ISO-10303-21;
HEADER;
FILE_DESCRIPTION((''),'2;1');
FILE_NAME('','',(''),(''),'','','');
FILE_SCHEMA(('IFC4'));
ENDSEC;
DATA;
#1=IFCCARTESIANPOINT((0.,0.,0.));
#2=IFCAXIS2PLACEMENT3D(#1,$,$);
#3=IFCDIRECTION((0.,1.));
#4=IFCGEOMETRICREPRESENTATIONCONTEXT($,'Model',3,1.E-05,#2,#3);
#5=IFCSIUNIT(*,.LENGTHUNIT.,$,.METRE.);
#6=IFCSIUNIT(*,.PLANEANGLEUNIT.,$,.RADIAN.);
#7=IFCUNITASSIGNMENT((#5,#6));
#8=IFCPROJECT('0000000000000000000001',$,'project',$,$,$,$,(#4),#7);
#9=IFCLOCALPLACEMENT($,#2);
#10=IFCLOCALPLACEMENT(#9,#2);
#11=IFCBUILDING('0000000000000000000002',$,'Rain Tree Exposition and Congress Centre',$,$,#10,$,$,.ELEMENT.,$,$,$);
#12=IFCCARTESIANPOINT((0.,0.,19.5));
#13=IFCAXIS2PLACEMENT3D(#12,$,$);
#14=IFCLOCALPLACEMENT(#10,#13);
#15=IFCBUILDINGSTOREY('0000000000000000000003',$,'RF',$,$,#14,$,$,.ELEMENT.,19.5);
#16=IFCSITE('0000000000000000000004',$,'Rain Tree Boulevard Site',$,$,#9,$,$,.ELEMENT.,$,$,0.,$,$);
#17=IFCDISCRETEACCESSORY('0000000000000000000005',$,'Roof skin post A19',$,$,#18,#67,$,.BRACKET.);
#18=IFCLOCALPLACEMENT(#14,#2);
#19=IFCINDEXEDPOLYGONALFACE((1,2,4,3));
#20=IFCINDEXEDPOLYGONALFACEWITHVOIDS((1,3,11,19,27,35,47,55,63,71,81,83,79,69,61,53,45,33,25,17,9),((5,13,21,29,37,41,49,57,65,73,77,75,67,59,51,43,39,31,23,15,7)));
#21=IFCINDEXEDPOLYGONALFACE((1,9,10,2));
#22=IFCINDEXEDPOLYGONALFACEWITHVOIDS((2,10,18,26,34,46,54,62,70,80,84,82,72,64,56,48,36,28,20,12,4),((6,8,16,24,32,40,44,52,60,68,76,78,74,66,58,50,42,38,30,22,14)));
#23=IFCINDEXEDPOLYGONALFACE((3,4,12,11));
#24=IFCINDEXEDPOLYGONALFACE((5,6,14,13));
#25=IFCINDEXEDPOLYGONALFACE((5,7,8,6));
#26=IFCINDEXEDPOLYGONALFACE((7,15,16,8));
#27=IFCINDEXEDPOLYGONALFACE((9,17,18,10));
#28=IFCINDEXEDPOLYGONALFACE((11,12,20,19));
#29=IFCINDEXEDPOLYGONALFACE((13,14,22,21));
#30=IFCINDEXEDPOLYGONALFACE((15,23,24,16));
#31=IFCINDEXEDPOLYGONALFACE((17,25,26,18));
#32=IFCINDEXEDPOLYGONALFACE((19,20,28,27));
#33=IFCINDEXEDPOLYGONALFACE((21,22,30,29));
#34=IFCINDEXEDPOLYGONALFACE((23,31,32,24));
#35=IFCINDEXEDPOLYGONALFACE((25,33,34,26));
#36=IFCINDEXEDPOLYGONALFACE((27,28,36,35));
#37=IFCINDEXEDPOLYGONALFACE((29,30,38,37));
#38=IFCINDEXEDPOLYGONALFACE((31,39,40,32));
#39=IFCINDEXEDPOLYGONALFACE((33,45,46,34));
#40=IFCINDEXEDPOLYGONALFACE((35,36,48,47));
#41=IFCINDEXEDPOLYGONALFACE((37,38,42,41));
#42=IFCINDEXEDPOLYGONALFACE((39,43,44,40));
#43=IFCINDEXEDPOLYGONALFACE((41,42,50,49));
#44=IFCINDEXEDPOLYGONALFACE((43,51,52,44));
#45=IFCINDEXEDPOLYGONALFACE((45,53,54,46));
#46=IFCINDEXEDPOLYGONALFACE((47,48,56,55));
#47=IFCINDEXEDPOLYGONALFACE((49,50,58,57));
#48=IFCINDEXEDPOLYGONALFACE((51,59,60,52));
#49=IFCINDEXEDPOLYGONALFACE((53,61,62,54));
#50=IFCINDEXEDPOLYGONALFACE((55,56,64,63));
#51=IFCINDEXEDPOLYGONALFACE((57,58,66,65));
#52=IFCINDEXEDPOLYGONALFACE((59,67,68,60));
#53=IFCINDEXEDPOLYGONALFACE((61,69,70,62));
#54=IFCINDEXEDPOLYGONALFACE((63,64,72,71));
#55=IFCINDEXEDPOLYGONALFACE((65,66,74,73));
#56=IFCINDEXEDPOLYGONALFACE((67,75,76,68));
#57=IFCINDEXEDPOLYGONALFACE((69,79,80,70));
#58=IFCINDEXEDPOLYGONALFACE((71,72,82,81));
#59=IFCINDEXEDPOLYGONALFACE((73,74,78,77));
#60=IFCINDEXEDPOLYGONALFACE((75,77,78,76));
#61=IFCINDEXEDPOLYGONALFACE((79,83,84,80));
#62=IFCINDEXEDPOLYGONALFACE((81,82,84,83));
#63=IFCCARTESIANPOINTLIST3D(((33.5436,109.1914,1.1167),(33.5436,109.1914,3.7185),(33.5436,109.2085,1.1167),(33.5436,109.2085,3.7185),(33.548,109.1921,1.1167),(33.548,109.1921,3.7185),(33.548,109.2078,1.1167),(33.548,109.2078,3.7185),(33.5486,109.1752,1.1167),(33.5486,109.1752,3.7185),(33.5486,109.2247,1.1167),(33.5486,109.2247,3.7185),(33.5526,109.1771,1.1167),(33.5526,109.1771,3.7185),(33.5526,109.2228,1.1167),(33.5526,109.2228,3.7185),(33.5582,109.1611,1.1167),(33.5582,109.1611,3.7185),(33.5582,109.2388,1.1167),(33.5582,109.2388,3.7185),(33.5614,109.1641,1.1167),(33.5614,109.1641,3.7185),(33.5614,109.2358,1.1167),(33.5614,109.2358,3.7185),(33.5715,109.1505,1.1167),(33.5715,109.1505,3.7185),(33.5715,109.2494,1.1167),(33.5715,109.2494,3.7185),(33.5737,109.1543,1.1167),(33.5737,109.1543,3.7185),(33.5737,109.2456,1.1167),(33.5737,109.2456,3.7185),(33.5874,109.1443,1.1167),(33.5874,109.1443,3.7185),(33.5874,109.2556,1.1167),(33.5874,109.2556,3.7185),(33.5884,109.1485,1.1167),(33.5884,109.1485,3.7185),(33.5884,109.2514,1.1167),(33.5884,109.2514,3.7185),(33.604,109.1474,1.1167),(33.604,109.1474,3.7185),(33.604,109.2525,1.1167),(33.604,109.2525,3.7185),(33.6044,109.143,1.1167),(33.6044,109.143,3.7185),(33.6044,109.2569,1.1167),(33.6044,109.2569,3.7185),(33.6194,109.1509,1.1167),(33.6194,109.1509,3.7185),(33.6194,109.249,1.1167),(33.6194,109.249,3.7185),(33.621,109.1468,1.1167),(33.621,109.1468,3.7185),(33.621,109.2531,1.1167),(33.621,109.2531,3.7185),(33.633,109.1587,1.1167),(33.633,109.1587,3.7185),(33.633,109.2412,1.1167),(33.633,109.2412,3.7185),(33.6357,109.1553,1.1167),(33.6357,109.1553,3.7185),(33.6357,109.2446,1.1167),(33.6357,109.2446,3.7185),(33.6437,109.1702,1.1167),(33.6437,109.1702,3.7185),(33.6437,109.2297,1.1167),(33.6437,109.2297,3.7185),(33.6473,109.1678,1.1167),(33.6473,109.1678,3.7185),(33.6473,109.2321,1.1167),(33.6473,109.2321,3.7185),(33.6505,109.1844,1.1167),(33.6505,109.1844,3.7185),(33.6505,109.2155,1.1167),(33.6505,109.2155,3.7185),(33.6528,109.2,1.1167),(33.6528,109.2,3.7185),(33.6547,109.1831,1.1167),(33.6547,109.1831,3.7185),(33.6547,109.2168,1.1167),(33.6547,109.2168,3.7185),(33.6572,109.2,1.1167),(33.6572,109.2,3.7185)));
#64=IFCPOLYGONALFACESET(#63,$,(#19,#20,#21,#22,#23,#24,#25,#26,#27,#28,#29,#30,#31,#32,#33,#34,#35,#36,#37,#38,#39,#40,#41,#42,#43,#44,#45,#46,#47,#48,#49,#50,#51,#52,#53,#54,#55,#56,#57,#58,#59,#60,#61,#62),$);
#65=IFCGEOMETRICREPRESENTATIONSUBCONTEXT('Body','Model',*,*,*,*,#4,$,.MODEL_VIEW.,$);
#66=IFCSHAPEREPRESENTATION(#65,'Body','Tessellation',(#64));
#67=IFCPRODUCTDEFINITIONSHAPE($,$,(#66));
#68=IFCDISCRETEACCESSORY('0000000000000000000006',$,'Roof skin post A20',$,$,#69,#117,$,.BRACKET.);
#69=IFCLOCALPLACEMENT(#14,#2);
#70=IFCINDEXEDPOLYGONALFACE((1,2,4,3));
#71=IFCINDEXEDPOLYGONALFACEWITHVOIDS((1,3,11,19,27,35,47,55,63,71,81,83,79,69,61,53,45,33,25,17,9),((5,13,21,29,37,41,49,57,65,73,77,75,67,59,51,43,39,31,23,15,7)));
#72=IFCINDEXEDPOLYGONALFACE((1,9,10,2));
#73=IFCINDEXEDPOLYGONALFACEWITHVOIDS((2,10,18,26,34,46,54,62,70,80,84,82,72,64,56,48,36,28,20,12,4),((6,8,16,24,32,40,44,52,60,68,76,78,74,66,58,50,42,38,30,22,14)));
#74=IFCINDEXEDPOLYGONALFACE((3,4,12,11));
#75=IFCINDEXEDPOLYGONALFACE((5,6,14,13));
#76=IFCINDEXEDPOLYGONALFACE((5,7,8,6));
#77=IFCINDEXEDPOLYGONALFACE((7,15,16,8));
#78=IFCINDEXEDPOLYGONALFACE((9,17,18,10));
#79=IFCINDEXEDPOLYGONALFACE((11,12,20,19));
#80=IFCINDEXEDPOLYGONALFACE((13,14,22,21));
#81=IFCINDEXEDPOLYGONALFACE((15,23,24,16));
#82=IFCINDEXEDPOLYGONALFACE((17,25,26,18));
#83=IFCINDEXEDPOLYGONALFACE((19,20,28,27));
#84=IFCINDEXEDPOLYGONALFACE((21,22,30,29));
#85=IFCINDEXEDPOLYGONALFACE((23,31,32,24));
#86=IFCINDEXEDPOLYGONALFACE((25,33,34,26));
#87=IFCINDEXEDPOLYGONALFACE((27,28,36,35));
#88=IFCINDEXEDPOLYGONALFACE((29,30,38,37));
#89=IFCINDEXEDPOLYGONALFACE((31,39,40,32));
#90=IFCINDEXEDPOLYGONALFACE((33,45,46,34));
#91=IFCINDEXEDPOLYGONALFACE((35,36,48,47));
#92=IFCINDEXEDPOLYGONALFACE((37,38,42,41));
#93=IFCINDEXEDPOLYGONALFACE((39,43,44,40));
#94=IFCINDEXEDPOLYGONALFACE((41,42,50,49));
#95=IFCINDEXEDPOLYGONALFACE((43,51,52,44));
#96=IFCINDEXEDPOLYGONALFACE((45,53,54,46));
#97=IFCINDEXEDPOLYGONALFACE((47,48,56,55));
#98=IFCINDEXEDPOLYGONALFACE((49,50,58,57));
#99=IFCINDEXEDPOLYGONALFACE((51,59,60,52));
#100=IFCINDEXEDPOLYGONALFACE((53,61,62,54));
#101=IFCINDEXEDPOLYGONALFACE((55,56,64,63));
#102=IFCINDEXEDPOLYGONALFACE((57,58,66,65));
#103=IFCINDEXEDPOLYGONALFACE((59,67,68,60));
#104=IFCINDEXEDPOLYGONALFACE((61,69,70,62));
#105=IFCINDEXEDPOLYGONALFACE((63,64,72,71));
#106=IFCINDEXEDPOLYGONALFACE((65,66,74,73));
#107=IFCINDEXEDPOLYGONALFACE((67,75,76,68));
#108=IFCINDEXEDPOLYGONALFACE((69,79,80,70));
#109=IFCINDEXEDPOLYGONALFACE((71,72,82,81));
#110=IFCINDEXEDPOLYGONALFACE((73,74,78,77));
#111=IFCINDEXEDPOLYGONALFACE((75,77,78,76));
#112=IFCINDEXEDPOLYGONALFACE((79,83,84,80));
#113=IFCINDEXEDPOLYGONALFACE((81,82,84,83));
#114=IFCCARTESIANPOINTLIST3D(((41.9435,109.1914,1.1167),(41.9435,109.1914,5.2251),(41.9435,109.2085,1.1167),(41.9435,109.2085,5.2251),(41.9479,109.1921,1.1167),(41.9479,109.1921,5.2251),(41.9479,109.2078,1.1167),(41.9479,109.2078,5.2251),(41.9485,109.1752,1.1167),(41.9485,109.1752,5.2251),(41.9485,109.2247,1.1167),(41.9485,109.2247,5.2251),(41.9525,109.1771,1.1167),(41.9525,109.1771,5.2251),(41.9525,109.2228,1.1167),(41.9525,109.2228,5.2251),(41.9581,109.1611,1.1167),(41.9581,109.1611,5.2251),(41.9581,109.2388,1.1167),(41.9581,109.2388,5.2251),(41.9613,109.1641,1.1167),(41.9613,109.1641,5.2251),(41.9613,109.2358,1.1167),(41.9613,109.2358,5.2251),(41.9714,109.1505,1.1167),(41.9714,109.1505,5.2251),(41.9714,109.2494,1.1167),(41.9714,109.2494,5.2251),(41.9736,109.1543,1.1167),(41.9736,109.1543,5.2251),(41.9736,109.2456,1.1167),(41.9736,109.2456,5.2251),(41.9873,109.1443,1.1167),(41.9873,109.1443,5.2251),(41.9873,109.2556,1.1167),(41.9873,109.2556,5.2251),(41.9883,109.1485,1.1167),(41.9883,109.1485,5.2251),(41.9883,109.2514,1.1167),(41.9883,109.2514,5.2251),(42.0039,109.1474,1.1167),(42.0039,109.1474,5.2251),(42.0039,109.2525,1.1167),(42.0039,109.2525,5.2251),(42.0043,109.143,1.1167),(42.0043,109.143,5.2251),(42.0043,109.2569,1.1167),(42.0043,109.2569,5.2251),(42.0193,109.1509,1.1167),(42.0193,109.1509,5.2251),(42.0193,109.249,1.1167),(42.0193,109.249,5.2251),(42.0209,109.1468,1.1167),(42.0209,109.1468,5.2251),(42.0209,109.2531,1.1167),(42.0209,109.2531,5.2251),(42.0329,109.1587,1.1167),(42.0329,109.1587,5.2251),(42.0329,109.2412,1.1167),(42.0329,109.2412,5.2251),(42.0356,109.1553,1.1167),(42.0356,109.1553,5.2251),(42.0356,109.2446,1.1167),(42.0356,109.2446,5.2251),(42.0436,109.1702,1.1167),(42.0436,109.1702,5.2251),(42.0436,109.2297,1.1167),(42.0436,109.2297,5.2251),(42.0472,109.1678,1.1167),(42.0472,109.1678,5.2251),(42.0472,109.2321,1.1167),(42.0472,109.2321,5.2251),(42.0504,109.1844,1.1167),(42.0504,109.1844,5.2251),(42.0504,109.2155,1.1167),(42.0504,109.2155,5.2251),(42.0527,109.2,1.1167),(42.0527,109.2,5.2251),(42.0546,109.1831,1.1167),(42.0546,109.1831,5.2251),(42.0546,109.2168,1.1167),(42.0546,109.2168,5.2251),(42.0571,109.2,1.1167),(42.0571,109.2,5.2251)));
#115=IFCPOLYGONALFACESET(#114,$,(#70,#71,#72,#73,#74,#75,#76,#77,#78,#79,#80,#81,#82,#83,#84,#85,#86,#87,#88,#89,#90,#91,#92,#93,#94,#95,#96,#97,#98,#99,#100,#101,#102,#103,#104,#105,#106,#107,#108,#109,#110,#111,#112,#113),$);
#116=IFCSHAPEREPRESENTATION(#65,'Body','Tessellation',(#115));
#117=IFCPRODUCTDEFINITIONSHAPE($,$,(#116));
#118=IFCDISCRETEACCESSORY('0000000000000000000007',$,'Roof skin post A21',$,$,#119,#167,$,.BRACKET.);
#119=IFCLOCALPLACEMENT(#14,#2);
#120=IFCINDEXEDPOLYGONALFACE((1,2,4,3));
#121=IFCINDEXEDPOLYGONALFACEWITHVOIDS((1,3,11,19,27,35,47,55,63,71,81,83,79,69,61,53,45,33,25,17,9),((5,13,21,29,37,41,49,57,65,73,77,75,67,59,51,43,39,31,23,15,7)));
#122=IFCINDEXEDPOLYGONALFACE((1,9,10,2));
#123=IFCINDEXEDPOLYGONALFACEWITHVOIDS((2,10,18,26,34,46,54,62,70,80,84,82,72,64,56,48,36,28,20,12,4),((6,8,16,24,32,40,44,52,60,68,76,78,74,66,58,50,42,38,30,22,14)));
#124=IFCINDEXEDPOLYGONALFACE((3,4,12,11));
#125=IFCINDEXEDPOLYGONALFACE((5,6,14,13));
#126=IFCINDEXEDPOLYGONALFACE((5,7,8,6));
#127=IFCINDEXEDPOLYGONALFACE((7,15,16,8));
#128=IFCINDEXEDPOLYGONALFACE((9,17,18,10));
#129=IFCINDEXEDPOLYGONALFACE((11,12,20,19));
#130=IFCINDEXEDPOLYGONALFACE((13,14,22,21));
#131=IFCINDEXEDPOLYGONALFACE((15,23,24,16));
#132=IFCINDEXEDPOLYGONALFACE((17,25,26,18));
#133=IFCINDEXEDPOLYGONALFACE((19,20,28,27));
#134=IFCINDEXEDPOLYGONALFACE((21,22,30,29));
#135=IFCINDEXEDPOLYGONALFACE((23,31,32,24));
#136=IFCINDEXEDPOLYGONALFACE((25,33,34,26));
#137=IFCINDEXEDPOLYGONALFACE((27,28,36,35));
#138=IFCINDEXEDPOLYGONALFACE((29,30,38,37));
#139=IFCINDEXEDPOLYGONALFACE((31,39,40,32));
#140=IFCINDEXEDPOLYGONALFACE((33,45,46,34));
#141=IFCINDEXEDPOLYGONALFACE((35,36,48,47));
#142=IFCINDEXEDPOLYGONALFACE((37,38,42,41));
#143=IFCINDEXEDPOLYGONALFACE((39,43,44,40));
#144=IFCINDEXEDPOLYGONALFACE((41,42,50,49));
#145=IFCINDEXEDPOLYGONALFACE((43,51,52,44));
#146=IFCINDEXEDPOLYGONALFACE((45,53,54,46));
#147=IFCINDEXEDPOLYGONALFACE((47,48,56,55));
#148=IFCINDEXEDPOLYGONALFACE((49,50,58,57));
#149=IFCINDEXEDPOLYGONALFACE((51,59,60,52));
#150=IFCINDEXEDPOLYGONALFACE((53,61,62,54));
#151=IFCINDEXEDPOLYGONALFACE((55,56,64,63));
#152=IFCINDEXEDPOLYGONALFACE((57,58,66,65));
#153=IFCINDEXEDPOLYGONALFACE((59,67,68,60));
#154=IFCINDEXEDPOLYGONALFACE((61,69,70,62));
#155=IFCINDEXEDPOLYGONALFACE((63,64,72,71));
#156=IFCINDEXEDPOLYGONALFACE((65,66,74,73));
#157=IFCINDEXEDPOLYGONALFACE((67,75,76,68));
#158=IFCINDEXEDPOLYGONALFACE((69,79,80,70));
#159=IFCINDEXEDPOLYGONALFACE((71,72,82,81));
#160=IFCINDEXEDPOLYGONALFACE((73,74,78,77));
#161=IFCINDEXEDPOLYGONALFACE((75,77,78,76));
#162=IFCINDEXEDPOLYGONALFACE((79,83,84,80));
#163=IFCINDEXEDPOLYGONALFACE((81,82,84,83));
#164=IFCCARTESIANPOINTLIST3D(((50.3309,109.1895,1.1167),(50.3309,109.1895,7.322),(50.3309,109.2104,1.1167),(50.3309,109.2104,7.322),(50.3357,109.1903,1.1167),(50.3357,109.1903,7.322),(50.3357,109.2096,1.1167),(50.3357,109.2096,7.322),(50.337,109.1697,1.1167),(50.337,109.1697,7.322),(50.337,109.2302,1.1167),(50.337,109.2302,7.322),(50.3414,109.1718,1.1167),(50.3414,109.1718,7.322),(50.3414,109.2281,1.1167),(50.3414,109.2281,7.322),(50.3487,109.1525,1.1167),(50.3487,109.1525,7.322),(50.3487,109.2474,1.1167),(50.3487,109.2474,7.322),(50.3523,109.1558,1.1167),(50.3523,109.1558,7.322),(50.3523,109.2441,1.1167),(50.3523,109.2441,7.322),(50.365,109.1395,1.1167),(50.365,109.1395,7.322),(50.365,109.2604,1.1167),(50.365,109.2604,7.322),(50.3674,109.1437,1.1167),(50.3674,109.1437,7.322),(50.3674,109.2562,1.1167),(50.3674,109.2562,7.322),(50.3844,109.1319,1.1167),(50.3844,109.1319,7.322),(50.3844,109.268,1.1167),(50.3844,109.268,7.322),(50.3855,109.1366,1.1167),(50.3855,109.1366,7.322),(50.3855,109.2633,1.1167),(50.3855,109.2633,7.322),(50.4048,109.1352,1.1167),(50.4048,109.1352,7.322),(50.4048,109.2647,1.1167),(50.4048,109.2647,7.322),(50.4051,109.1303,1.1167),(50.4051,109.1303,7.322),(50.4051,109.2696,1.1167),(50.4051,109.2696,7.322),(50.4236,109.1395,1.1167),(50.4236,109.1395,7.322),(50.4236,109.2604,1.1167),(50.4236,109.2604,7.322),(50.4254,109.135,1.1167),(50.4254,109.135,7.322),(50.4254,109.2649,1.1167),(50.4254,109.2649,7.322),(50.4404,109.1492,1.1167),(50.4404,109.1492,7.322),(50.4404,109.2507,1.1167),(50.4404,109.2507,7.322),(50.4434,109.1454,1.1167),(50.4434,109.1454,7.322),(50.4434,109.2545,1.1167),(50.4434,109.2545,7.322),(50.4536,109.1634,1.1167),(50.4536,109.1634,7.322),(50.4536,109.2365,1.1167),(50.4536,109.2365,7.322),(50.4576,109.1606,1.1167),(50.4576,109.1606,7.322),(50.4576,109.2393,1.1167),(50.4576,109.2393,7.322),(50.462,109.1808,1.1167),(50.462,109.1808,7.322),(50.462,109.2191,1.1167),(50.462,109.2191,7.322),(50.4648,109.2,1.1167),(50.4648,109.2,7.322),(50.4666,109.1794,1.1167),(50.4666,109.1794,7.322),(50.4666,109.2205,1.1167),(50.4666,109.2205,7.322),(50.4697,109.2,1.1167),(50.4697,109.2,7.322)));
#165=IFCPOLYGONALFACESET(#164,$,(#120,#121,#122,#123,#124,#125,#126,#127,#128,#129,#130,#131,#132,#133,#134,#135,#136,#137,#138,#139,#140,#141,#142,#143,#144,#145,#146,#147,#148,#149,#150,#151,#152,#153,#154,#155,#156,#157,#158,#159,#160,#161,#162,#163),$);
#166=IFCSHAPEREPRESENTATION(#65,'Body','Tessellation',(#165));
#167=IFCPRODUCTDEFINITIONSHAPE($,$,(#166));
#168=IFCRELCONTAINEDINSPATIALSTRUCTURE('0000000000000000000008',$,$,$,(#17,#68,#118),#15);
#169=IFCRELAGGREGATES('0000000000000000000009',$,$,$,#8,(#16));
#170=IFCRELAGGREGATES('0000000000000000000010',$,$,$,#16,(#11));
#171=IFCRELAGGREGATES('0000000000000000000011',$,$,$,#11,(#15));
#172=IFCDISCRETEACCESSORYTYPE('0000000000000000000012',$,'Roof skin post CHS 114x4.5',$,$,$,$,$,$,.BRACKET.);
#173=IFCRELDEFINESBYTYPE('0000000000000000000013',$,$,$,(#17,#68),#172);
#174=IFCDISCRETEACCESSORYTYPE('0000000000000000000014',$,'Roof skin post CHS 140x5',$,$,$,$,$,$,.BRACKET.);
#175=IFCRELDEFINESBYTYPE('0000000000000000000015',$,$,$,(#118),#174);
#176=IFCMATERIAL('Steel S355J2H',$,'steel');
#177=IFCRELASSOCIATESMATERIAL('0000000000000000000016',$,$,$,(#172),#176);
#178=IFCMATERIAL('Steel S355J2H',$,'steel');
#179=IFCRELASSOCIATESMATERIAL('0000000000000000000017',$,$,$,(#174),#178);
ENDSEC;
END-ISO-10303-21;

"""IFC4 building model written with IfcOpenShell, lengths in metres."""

from ifc_helpers import new_model, si_unit, direction, frame, origin, origin_2d, place, context, subcontext, project, spatial, hollow_circle, extrude, material, material_profile, profile_set, type_object, element, save


model = new_model("IFC4")

# Units and contexts
model_context = context("Model", 3, precision=1e-05, world=origin(), true_north=direction((0.0, 1.0)))
body_context = subcontext(model_context, "Body", "Model", "MODEL_VIEW")
ifc_project = project(units=[si_unit("LENGTHUNIT", "METRE"), si_unit("PLANEANGLEUNIT", "RADIAN")], contexts=[model_context])

# Site, building, storey
site_placement = place(None, origin())
site = spatial("IfcSite", under=ifc_project, at=site_placement, Name="Rain Tree Boulevard Site", CompositionType="ELEMENT", RefElevation=0.0)
building_placement = place(site_placement, origin())
building = spatial("IfcBuilding", under=site, at=building_placement, Name="Rain Tree Exposition and Congress Centre", CompositionType="ELEMENT")
storey_placement = place(building_placement, frame((0.0, 0.0, 19.5)))
storey = spatial("IfcBuildingStorey", under=building, at=storey_placement, Name="RF", CompositionType="ELEMENT", Elevation=19.5)

# Discrete accessories
ifc_material_1 = material(Name="Steel S355J2H", Category="steel")
ifc_material_profile_1 = material_profile(ifc_material_1, hollow_circle(Radius=0.0571, WallThickness=0.0044, at=origin_2d()), Name="CHS 114x4.5")
ifc_profile_set_1 = profile_set([ifc_material_profile_1], Name="Steel S355J2H")
discrete_accessory_type_1 = type_object("IfcDiscreteAccessoryType", Name="Roof skin post CHS 114x4.5", PredefinedType="BRACKET", material=ifc_profile_set_1)
discrete_accessory_1_placement = place(storey_placement, frame((33.6001, 109.2, 1.1167), z_axis=(0.0, 0.0, 1.0), x_axis=(1.0, 0.0, 0.0)))
element("IfcDiscreteAccessory", 1, at=discrete_accessory_1_placement, inside=storey, type_object=discrete_accessory_type_1, Name="Roof skin post A19", PredefinedType="BRACKET", context=body_context, shape_type="SweptSolid", body=[
    extrude(hollow_circle(Radius=0.0571, WallThickness=0.0044, at=origin_2d()), origin(), (0.0, 0.0, 1.0), 2.6018),
])
discrete_accessory_2_placement = place(storey_placement, frame((42.0, 109.2, 1.1167), z_axis=(0.0, 0.0, 1.0), x_axis=(1.0, 0.0, 0.0)))
element("IfcDiscreteAccessory", 2, at=discrete_accessory_2_placement, inside=storey, type_object=discrete_accessory_type_1, Name="Roof skin post A20", PredefinedType="BRACKET", context=body_context, shape_type="SweptSolid", body=[
    extrude(hollow_circle(Radius=0.0571, WallThickness=0.0044, at=origin_2d()), origin(), (0.0, 0.0, 1.0), 4.1084),
])
ifc_material_2 = material(Name="Steel S355J2H", Category="steel")
ifc_material_profile_2 = material_profile(ifc_material_2, hollow_circle(Radius=0.0698, WallThickness=0.0049, at=origin_2d()), Name="CHS 140x5")
ifc_profile_set_2 = profile_set([ifc_material_profile_2], Name="Steel S355J2H")
discrete_accessory_type_2 = type_object("IfcDiscreteAccessoryType", Name="Roof skin post CHS 140x5", PredefinedType="BRACKET", material=ifc_profile_set_2)
discrete_accessory_3_placement = place(storey_placement, frame((50.3999, 109.2, 1.1167), z_axis=(0.0, 0.0, 1.0), x_axis=(1.0, 0.0, 0.0)))
element("IfcDiscreteAccessory", 3, at=discrete_accessory_3_placement, inside=storey, type_object=discrete_accessory_type_2, Name="Roof skin post A21", PredefinedType="BRACKET", context=body_context, shape_type="SweptSolid", body=[
    extrude(hollow_circle(Radius=0.0698, WallThickness=0.0049, at=origin_2d()), origin(), (0.0, 0.0, 1.0), 6.2053),
])

save(model, "model.ifc")
